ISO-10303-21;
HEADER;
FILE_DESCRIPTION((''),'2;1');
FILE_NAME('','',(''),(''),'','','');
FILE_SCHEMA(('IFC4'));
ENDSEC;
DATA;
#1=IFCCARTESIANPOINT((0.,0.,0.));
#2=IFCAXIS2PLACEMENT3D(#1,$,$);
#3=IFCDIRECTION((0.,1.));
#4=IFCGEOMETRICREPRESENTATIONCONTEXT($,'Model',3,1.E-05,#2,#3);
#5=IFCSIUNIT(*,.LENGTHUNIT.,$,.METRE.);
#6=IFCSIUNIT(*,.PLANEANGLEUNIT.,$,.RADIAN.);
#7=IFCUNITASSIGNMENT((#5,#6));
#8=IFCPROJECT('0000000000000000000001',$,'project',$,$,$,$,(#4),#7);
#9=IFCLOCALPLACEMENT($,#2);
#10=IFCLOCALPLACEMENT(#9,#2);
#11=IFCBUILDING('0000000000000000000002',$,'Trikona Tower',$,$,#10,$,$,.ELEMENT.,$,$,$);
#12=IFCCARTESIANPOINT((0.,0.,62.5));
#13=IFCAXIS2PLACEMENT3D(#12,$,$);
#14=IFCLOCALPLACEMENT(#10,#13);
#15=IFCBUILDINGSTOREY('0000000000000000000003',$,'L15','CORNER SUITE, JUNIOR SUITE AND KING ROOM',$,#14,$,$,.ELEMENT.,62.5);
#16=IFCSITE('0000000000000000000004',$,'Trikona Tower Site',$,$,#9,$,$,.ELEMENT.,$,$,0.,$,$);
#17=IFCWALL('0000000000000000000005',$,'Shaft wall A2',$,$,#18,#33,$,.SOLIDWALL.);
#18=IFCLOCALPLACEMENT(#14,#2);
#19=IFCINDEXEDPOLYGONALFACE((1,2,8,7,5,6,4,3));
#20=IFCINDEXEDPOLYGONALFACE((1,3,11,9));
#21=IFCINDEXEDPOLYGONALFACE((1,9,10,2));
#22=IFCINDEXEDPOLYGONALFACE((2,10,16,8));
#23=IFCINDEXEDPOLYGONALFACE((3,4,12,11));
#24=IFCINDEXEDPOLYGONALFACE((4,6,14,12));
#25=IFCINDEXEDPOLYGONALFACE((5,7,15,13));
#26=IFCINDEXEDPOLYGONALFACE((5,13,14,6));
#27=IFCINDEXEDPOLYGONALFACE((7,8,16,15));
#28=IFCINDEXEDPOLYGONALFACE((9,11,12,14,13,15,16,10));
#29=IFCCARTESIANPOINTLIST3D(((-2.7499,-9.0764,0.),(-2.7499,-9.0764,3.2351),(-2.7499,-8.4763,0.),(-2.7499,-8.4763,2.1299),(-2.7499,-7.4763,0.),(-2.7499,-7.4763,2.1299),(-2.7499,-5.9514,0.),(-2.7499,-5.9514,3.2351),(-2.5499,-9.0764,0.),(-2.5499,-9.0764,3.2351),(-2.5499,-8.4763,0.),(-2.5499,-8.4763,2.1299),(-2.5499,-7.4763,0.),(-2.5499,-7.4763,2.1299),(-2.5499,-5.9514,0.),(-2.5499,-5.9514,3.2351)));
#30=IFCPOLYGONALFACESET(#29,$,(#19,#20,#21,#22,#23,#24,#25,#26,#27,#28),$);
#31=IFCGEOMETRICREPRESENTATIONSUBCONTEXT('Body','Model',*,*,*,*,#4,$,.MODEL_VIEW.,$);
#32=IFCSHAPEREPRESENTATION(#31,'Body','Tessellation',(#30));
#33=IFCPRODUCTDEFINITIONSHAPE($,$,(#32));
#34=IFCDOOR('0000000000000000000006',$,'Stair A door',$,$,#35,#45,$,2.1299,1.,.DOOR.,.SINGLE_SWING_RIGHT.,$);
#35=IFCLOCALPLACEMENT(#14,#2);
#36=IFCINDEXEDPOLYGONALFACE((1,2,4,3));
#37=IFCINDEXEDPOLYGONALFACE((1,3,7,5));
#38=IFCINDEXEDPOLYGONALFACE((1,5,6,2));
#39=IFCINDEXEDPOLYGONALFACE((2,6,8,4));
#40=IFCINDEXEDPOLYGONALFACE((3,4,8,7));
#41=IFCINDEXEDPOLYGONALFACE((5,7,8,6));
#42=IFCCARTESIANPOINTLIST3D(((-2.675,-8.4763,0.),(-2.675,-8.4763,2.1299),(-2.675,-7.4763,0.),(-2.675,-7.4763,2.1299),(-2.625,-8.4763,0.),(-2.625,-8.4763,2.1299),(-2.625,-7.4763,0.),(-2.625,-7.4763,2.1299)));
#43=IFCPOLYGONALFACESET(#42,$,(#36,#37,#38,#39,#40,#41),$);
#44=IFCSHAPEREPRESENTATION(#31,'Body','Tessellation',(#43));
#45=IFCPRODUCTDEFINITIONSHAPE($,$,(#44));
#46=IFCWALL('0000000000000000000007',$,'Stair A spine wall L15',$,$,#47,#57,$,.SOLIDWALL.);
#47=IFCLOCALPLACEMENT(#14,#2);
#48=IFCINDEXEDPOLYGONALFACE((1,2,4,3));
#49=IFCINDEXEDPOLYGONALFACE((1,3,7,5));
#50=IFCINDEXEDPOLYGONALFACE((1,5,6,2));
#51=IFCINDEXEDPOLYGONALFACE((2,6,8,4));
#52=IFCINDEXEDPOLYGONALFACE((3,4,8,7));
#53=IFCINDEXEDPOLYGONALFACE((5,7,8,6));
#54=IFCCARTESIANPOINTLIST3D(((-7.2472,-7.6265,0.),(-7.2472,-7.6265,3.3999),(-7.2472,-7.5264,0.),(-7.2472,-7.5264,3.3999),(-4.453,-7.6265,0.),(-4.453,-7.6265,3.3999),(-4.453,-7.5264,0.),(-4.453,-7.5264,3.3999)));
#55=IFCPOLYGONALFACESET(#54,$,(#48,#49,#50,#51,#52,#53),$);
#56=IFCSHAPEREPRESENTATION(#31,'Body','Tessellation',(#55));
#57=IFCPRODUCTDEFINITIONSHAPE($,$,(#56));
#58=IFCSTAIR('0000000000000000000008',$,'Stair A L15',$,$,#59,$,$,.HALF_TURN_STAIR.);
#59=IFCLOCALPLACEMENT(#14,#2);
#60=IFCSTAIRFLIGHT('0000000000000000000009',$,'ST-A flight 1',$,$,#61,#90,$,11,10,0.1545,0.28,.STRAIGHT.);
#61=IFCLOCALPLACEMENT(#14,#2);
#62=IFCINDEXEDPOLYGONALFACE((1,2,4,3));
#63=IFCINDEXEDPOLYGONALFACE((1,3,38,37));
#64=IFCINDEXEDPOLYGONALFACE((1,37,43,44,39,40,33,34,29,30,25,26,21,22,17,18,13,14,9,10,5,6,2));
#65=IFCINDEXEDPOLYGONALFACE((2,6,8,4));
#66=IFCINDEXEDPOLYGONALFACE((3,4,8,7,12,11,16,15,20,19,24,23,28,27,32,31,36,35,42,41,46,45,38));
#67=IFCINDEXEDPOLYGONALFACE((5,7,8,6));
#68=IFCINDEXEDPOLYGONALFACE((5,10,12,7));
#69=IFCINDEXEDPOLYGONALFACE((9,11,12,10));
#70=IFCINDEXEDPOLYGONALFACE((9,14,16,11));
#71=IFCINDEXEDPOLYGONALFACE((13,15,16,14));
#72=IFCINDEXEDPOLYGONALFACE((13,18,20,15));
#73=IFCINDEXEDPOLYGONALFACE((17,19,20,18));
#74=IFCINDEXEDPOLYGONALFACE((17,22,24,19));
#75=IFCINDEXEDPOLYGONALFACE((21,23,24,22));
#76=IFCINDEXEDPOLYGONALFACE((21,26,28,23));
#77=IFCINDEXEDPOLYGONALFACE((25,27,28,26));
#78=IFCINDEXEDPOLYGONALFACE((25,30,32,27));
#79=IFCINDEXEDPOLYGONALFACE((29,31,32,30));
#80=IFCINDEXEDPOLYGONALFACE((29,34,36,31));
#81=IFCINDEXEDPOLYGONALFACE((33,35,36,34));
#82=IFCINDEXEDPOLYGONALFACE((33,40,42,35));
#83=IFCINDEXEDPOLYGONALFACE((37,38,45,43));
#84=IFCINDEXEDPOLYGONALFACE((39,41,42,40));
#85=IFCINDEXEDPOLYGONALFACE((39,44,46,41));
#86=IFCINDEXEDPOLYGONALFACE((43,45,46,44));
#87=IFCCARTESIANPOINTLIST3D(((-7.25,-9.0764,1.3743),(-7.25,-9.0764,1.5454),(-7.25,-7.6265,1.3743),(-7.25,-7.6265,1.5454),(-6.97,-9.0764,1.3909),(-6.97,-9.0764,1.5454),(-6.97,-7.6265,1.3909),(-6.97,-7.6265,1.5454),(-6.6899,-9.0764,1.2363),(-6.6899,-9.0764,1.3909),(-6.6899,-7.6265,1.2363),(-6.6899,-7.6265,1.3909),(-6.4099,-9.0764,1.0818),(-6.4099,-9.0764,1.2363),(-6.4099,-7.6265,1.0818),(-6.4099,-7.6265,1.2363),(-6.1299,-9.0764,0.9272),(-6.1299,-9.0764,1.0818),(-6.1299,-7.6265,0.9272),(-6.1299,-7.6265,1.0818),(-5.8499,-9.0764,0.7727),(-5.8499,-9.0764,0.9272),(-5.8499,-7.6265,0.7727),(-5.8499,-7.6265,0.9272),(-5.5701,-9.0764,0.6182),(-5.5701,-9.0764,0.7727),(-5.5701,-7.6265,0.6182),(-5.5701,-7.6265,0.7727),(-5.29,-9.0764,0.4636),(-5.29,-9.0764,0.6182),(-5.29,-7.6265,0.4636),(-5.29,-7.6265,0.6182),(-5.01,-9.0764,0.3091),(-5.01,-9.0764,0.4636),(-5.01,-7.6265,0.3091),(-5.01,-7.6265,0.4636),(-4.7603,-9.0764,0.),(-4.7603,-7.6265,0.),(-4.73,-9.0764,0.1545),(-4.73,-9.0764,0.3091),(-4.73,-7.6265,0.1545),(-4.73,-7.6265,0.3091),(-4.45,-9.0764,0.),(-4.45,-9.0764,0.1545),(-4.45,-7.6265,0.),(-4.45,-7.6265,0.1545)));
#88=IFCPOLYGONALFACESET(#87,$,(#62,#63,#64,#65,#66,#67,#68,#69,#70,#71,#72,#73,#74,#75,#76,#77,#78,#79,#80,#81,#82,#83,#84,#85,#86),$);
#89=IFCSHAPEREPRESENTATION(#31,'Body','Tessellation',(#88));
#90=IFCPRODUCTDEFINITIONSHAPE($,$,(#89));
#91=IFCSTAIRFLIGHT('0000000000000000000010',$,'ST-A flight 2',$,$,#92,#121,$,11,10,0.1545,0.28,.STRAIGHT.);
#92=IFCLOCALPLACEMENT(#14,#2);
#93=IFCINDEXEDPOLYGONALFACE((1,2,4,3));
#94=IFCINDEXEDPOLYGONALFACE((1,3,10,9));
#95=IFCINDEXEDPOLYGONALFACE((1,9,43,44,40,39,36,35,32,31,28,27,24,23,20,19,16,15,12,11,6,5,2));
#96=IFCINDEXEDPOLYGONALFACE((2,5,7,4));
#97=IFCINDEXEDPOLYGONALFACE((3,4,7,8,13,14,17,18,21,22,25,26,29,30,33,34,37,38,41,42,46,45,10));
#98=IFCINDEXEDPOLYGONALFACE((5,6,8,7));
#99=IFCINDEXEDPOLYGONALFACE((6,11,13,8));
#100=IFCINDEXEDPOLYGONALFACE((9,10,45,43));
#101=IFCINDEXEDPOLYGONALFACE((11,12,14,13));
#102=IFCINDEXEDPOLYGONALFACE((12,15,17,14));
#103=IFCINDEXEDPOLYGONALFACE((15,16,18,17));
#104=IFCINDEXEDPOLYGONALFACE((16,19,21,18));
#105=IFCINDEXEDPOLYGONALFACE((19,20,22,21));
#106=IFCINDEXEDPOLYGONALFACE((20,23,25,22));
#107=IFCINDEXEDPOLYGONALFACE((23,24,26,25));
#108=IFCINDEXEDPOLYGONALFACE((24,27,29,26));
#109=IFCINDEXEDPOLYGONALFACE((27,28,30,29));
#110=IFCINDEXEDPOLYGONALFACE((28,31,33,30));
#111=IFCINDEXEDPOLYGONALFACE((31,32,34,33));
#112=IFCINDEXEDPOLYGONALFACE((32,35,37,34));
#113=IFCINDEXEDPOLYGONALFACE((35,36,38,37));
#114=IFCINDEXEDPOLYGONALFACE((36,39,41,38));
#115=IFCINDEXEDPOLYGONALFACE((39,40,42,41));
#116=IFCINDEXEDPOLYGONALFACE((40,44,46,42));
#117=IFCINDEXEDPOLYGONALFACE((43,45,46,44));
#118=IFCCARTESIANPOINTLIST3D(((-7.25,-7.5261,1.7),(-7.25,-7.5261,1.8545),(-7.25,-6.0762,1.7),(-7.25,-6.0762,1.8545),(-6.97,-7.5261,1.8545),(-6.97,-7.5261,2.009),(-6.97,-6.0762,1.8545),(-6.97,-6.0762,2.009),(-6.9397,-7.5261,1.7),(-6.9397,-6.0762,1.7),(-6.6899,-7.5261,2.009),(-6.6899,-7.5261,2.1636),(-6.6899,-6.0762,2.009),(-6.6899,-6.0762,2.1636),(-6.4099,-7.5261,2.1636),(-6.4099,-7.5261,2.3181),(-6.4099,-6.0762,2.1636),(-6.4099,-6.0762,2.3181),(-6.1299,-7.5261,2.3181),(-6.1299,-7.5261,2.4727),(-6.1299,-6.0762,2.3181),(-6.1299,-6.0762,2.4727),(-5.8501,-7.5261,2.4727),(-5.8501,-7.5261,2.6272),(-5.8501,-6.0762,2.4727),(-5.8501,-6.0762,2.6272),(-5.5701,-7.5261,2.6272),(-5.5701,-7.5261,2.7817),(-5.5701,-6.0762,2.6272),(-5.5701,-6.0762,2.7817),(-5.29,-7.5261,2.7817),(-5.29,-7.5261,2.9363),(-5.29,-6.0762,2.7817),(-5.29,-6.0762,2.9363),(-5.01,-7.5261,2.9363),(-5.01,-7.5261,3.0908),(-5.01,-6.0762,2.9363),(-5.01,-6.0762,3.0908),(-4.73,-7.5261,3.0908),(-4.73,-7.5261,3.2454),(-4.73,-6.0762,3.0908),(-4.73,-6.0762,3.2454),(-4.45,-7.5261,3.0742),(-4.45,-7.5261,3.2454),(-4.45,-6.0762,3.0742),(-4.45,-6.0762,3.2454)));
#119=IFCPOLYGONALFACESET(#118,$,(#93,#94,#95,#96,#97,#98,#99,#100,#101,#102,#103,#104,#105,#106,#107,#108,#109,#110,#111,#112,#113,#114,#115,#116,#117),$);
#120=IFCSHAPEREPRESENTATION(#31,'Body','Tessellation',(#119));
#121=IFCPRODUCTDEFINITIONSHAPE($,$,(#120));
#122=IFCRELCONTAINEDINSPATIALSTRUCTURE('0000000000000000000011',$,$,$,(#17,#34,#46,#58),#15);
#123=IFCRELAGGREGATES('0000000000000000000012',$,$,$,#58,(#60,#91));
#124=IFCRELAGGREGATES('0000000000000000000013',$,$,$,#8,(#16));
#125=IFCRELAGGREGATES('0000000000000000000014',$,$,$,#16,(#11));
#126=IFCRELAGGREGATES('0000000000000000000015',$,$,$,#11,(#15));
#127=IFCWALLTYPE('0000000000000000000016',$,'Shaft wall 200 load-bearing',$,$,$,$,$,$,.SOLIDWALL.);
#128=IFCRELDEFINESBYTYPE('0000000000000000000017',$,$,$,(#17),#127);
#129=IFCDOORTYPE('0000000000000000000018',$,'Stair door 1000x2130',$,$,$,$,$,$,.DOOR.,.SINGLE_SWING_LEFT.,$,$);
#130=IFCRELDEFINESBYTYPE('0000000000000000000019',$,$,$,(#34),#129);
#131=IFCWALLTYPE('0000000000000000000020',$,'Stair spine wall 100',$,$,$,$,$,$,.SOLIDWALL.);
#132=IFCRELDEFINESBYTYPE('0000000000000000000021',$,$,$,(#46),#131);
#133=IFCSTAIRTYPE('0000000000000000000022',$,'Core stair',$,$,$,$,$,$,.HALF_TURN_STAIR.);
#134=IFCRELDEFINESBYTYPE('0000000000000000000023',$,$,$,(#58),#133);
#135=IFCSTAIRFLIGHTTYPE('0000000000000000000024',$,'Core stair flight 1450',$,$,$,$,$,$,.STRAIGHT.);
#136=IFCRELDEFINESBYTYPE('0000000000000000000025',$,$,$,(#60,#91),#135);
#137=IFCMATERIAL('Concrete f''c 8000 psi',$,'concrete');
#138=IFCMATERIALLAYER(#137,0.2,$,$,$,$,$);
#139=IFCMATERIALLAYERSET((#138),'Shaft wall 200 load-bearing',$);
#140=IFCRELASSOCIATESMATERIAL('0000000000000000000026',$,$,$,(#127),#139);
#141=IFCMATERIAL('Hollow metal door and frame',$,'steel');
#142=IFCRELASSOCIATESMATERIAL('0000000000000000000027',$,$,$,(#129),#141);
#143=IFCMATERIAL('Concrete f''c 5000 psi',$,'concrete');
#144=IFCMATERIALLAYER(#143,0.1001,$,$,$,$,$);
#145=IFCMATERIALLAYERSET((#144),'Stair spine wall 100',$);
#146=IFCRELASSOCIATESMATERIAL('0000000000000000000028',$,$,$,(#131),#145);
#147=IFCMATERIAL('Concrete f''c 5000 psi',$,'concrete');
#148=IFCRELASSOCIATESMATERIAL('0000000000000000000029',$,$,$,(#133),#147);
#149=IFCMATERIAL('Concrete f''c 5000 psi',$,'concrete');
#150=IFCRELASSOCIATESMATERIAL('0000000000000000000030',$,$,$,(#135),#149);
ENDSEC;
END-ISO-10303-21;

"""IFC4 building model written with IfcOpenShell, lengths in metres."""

from ifc_helpers import new_model, si_unit, direction, frame, frame_2d, origin, place, context, subcontext, project, spatial, polyline, rectangle, outline, extrude, material, layer, layer_set, type_object, element, fill, aggregate, save


model = new_model("IFC4")

# Units and contexts
model_context = context("Model", 3, precision=1e-05, world=origin(), true_north=direction((0.0, 1.0)))
body_context = subcontext(model_context, "Body", "Model", "MODEL_VIEW")
ifc_project = project(units=[si_unit("LENGTHUNIT", "METRE"), si_unit("PLANEANGLEUNIT", "RADIAN")], contexts=[model_context])

# Site, building, storey
site_placement = place(None, origin())
site = spatial("IfcSite", under=ifc_project, at=site_placement, Name="Trikona Tower Site", CompositionType="ELEMENT", RefElevation=0.0)
building_placement = place(site_placement, origin())
building = spatial("IfcBuilding", under=site, at=building_placement, Name="Trikona Tower", CompositionType="ELEMENT")
storey_placement = place(building_placement, frame((0.0, 0.0, 62.5)))
storey = spatial("IfcBuildingStorey", under=building, at=storey_placement, Name="L15", Description="CORNER SUITE, JUNIOR SUITE AND KING ROOM", CompositionType="ELEMENT", Elevation=62.5)

# Shared definitions
ifc_material_1 = material(Name="Concrete f'c 8000 psi", Category="concrete")
ifc_layer_1 = layer(ifc_material_1, 0.2)
ifc_layer_set_1 = layer_set([ifc_layer_1], Name="Shaft wall 200 load-bearing")
wall_type_1 = type_object("IfcWallType", Name="Shaft wall 200 load-bearing", PredefinedType="SOLIDWALL", material=ifc_layer_set_1)

# Wall, opening, door
wall_1_placement = place(storey_placement, frame((-2.6499, -5.9514, 0.0), z_axis=(0.0, 0.0, 1.0), x_axis=(0.0, -1.0, 0.0)))
wall_1 = element("IfcWall", 1, at=wall_1_placement, inside=storey, type_object=wall_type_1, Name="Shaft wall A2", PredefinedType="SOLIDWALL", context=body_context, shape_type="SweptSolid", body=[
    extrude(rectangle(XDim=3.125, YDim=0.2, at=frame_2d((1.5625, 0.0))), origin(), (0.0, 0.0, 1.0), 3.2351),
])
opening_1_placement = place(wall_1_placement, frame((1.5249, 0.0, 0.0)))
opening_1 = element("IfcOpeningElement", 2, at=opening_1_placement, cuts=wall_1, PredefinedType="OPENING", context=body_context, shape_type="SweptSolid", body=[
    extrude(rectangle(XDim=1.0, YDim=2.1299, at=frame_2d((0.5, 1.0649))), frame((0.0, 0.1099, 0.0), z_axis=(0.0, -1.0, 0.0), x_axis=(1.0, 0.0, 0.0)), (0.0, 0.0, 1.0), 0.22),
])
ifc_material_2 = material(Name="Hollow metal door and frame", Category="steel")
door_type_1 = type_object("IfcDoorType", Name="Stair door 1000x2130", OperationType="SINGLE_SWING_LEFT", PredefinedType="DOOR", material=ifc_material_2)
door_1_placement = place(opening_1_placement, origin())
door_1 = element("IfcDoor", 3, at=door_1_placement, inside=storey, type_object=door_type_1, Name="Stair A door", OperationType="SINGLE_SWING_RIGHT", OverallHeight=2.1299, OverallWidth=1.0, PredefinedType="DOOR", context=body_context, shape_type="SweptSolid", body=[
    extrude(rectangle(XDim=1.0, YDim=2.1299, at=frame_2d((0.5, 1.0649))), frame((0.0, 0.0249, 0.0), z_axis=(0.0, -1.0, 0.0), x_axis=(1.0, 0.0, 0.0)), (0.0, 0.0, 1.0), 0.05),
])
fill(opening_1, door_1)

# Wall
ifc_material_3 = material(Name="Concrete f'c 5000 psi", Category="concrete")
ifc_layer_2 = layer(ifc_material_3, 0.1001)
ifc_layer_set_2 = layer_set([ifc_layer_2], Name="Stair spine wall 100")
wall_type_2 = type_object("IfcWallType", Name="Stair spine wall 100", PredefinedType="SOLIDWALL", material=ifc_layer_set_2)
wall_2_placement = place(storey_placement, frame((-7.2471, -7.5764, 0.0), z_axis=(0.0, 0.0, 1.0), x_axis=(1.0, 0.0, 0.0)))
element("IfcWall", 4, at=wall_2_placement, inside=storey, type_object=wall_type_2, Name="Stair A spine wall L15", PredefinedType="SOLIDWALL", context=body_context, shape_type="SweptSolid", body=[
    extrude(rectangle(XDim=2.7942, YDim=0.1001, at=frame_2d((1.397, 0.0))), origin(), (0.0, 0.0, 1.0), 3.3999),
])

# Stair, stair flights
ifc_material_4 = material(Name="Concrete f'c 5000 psi", Category="concrete")
stair_type = type_object("IfcStairType", Name="Core stair", PredefinedType="HALF_TURN_STAIR", material=ifc_material_4)
stair_placement = place(storey_placement, origin())
stair = element("IfcStair", 5, at=stair_placement, inside=storey, type_object=stair_type, Name="Stair A L15", PredefinedType="HALF_TURN_STAIR")
ifc_material_5 = material(Name="Concrete f'c 5000 psi", Category="concrete")
stair_flight_type = type_object("IfcStairFlightType", Name="Core stair flight 1450", PredefinedType="STRAIGHT", material=ifc_material_5)
stair_flight_1_placement = place(storey_placement, frame((-4.45, -8.3513, 0.0), z_axis=(0.0, 0.0, 1.0), x_axis=(-1.0, 0.0, 0.0)))
stair_flight_1 = element("IfcStairFlight", 6, at=stair_flight_1_placement, type_object=stair_flight_type, Name="ST-A flight 1", NumberOfRisers=11, NumberOfTreads=10, PredefinedType="STRAIGHT", RiserHeight=0.1545, TreadLength=0.28, context=body_context, shape_type="SweptSolid", body=[
    extrude(outline(polyline([(0.0, 0.0), (0.0, 0.1545), (0.28, 0.1545), (0.28, 0.3091), (0.5601, 0.3091), (0.5601, 0.4636), (0.8401, 0.4636), (0.8401, 0.6182), (1.1201, 0.6182), (1.1201, 0.7727), (1.3999, 0.7727), (1.3999, 0.9272), (1.6799, 0.9272), (1.6799, 1.0818), (1.96, 1.0818), (1.96, 1.2363), (2.24, 1.2363), (2.24, 1.3909), (2.52, 1.3909), (2.52, 1.5454), (2.8, 1.5454), (2.8, 1.7), (2.8, 1.3743), (0.3103, 0.0), (0.0, 0.0)])), frame((0.0, 0.7251, 0.0), z_axis=(0.0, -1.0, 0.0), x_axis=(1.0, 0.0, 0.0)), (0.0, 0.0, 1.0), 1.45),
])
stair_flight_2_placement = place(storey_placement, frame((-7.25, -6.8013, 1.7), z_axis=(0.0, 0.0, 1.0), x_axis=(1.0, 0.0, 0.0)))
stair_flight_2 = element("IfcStairFlight", 7, at=stair_flight_2_placement, type_object=stair_flight_type, Name="ST-A flight 2", NumberOfRisers=11, NumberOfTreads=10, PredefinedType="STRAIGHT", RiserHeight=0.1545, TreadLength=0.28, context=body_context, shape_type="SweptSolid", body=[
    extrude(outline(polyline([(0.0, 0.0), (0.0, 0.1545), (0.28, 0.1545), (0.28, 0.3091), (0.5601, 0.3091), (0.5601, 0.4636), (0.8401, 0.4636), (0.8401, 0.6182), (1.1201, 0.6182), (1.1201, 0.7727), (1.3999, 0.7727), (1.3999, 0.9272), (1.6799, 0.9272), (1.6799, 1.0818), (1.96, 1.0818), (1.96, 1.2363), (2.24, 1.2363), (2.24, 1.3909), (2.52, 1.3909), (2.52, 1.5454), (2.8, 1.5454), (2.8, 1.7), (2.8, 1.3743), (0.3103, 0.0), (0.0, 0.0)])), frame((0.0, 0.7251, 0.0), z_axis=(0.0, -1.0, 0.0), x_axis=(1.0, 0.0, 0.0)), (0.0, 0.0, 1.0), 1.45),
])
aggregate(stair, [stair_flight_1, stair_flight_2])

save(model, "model.ifc")
